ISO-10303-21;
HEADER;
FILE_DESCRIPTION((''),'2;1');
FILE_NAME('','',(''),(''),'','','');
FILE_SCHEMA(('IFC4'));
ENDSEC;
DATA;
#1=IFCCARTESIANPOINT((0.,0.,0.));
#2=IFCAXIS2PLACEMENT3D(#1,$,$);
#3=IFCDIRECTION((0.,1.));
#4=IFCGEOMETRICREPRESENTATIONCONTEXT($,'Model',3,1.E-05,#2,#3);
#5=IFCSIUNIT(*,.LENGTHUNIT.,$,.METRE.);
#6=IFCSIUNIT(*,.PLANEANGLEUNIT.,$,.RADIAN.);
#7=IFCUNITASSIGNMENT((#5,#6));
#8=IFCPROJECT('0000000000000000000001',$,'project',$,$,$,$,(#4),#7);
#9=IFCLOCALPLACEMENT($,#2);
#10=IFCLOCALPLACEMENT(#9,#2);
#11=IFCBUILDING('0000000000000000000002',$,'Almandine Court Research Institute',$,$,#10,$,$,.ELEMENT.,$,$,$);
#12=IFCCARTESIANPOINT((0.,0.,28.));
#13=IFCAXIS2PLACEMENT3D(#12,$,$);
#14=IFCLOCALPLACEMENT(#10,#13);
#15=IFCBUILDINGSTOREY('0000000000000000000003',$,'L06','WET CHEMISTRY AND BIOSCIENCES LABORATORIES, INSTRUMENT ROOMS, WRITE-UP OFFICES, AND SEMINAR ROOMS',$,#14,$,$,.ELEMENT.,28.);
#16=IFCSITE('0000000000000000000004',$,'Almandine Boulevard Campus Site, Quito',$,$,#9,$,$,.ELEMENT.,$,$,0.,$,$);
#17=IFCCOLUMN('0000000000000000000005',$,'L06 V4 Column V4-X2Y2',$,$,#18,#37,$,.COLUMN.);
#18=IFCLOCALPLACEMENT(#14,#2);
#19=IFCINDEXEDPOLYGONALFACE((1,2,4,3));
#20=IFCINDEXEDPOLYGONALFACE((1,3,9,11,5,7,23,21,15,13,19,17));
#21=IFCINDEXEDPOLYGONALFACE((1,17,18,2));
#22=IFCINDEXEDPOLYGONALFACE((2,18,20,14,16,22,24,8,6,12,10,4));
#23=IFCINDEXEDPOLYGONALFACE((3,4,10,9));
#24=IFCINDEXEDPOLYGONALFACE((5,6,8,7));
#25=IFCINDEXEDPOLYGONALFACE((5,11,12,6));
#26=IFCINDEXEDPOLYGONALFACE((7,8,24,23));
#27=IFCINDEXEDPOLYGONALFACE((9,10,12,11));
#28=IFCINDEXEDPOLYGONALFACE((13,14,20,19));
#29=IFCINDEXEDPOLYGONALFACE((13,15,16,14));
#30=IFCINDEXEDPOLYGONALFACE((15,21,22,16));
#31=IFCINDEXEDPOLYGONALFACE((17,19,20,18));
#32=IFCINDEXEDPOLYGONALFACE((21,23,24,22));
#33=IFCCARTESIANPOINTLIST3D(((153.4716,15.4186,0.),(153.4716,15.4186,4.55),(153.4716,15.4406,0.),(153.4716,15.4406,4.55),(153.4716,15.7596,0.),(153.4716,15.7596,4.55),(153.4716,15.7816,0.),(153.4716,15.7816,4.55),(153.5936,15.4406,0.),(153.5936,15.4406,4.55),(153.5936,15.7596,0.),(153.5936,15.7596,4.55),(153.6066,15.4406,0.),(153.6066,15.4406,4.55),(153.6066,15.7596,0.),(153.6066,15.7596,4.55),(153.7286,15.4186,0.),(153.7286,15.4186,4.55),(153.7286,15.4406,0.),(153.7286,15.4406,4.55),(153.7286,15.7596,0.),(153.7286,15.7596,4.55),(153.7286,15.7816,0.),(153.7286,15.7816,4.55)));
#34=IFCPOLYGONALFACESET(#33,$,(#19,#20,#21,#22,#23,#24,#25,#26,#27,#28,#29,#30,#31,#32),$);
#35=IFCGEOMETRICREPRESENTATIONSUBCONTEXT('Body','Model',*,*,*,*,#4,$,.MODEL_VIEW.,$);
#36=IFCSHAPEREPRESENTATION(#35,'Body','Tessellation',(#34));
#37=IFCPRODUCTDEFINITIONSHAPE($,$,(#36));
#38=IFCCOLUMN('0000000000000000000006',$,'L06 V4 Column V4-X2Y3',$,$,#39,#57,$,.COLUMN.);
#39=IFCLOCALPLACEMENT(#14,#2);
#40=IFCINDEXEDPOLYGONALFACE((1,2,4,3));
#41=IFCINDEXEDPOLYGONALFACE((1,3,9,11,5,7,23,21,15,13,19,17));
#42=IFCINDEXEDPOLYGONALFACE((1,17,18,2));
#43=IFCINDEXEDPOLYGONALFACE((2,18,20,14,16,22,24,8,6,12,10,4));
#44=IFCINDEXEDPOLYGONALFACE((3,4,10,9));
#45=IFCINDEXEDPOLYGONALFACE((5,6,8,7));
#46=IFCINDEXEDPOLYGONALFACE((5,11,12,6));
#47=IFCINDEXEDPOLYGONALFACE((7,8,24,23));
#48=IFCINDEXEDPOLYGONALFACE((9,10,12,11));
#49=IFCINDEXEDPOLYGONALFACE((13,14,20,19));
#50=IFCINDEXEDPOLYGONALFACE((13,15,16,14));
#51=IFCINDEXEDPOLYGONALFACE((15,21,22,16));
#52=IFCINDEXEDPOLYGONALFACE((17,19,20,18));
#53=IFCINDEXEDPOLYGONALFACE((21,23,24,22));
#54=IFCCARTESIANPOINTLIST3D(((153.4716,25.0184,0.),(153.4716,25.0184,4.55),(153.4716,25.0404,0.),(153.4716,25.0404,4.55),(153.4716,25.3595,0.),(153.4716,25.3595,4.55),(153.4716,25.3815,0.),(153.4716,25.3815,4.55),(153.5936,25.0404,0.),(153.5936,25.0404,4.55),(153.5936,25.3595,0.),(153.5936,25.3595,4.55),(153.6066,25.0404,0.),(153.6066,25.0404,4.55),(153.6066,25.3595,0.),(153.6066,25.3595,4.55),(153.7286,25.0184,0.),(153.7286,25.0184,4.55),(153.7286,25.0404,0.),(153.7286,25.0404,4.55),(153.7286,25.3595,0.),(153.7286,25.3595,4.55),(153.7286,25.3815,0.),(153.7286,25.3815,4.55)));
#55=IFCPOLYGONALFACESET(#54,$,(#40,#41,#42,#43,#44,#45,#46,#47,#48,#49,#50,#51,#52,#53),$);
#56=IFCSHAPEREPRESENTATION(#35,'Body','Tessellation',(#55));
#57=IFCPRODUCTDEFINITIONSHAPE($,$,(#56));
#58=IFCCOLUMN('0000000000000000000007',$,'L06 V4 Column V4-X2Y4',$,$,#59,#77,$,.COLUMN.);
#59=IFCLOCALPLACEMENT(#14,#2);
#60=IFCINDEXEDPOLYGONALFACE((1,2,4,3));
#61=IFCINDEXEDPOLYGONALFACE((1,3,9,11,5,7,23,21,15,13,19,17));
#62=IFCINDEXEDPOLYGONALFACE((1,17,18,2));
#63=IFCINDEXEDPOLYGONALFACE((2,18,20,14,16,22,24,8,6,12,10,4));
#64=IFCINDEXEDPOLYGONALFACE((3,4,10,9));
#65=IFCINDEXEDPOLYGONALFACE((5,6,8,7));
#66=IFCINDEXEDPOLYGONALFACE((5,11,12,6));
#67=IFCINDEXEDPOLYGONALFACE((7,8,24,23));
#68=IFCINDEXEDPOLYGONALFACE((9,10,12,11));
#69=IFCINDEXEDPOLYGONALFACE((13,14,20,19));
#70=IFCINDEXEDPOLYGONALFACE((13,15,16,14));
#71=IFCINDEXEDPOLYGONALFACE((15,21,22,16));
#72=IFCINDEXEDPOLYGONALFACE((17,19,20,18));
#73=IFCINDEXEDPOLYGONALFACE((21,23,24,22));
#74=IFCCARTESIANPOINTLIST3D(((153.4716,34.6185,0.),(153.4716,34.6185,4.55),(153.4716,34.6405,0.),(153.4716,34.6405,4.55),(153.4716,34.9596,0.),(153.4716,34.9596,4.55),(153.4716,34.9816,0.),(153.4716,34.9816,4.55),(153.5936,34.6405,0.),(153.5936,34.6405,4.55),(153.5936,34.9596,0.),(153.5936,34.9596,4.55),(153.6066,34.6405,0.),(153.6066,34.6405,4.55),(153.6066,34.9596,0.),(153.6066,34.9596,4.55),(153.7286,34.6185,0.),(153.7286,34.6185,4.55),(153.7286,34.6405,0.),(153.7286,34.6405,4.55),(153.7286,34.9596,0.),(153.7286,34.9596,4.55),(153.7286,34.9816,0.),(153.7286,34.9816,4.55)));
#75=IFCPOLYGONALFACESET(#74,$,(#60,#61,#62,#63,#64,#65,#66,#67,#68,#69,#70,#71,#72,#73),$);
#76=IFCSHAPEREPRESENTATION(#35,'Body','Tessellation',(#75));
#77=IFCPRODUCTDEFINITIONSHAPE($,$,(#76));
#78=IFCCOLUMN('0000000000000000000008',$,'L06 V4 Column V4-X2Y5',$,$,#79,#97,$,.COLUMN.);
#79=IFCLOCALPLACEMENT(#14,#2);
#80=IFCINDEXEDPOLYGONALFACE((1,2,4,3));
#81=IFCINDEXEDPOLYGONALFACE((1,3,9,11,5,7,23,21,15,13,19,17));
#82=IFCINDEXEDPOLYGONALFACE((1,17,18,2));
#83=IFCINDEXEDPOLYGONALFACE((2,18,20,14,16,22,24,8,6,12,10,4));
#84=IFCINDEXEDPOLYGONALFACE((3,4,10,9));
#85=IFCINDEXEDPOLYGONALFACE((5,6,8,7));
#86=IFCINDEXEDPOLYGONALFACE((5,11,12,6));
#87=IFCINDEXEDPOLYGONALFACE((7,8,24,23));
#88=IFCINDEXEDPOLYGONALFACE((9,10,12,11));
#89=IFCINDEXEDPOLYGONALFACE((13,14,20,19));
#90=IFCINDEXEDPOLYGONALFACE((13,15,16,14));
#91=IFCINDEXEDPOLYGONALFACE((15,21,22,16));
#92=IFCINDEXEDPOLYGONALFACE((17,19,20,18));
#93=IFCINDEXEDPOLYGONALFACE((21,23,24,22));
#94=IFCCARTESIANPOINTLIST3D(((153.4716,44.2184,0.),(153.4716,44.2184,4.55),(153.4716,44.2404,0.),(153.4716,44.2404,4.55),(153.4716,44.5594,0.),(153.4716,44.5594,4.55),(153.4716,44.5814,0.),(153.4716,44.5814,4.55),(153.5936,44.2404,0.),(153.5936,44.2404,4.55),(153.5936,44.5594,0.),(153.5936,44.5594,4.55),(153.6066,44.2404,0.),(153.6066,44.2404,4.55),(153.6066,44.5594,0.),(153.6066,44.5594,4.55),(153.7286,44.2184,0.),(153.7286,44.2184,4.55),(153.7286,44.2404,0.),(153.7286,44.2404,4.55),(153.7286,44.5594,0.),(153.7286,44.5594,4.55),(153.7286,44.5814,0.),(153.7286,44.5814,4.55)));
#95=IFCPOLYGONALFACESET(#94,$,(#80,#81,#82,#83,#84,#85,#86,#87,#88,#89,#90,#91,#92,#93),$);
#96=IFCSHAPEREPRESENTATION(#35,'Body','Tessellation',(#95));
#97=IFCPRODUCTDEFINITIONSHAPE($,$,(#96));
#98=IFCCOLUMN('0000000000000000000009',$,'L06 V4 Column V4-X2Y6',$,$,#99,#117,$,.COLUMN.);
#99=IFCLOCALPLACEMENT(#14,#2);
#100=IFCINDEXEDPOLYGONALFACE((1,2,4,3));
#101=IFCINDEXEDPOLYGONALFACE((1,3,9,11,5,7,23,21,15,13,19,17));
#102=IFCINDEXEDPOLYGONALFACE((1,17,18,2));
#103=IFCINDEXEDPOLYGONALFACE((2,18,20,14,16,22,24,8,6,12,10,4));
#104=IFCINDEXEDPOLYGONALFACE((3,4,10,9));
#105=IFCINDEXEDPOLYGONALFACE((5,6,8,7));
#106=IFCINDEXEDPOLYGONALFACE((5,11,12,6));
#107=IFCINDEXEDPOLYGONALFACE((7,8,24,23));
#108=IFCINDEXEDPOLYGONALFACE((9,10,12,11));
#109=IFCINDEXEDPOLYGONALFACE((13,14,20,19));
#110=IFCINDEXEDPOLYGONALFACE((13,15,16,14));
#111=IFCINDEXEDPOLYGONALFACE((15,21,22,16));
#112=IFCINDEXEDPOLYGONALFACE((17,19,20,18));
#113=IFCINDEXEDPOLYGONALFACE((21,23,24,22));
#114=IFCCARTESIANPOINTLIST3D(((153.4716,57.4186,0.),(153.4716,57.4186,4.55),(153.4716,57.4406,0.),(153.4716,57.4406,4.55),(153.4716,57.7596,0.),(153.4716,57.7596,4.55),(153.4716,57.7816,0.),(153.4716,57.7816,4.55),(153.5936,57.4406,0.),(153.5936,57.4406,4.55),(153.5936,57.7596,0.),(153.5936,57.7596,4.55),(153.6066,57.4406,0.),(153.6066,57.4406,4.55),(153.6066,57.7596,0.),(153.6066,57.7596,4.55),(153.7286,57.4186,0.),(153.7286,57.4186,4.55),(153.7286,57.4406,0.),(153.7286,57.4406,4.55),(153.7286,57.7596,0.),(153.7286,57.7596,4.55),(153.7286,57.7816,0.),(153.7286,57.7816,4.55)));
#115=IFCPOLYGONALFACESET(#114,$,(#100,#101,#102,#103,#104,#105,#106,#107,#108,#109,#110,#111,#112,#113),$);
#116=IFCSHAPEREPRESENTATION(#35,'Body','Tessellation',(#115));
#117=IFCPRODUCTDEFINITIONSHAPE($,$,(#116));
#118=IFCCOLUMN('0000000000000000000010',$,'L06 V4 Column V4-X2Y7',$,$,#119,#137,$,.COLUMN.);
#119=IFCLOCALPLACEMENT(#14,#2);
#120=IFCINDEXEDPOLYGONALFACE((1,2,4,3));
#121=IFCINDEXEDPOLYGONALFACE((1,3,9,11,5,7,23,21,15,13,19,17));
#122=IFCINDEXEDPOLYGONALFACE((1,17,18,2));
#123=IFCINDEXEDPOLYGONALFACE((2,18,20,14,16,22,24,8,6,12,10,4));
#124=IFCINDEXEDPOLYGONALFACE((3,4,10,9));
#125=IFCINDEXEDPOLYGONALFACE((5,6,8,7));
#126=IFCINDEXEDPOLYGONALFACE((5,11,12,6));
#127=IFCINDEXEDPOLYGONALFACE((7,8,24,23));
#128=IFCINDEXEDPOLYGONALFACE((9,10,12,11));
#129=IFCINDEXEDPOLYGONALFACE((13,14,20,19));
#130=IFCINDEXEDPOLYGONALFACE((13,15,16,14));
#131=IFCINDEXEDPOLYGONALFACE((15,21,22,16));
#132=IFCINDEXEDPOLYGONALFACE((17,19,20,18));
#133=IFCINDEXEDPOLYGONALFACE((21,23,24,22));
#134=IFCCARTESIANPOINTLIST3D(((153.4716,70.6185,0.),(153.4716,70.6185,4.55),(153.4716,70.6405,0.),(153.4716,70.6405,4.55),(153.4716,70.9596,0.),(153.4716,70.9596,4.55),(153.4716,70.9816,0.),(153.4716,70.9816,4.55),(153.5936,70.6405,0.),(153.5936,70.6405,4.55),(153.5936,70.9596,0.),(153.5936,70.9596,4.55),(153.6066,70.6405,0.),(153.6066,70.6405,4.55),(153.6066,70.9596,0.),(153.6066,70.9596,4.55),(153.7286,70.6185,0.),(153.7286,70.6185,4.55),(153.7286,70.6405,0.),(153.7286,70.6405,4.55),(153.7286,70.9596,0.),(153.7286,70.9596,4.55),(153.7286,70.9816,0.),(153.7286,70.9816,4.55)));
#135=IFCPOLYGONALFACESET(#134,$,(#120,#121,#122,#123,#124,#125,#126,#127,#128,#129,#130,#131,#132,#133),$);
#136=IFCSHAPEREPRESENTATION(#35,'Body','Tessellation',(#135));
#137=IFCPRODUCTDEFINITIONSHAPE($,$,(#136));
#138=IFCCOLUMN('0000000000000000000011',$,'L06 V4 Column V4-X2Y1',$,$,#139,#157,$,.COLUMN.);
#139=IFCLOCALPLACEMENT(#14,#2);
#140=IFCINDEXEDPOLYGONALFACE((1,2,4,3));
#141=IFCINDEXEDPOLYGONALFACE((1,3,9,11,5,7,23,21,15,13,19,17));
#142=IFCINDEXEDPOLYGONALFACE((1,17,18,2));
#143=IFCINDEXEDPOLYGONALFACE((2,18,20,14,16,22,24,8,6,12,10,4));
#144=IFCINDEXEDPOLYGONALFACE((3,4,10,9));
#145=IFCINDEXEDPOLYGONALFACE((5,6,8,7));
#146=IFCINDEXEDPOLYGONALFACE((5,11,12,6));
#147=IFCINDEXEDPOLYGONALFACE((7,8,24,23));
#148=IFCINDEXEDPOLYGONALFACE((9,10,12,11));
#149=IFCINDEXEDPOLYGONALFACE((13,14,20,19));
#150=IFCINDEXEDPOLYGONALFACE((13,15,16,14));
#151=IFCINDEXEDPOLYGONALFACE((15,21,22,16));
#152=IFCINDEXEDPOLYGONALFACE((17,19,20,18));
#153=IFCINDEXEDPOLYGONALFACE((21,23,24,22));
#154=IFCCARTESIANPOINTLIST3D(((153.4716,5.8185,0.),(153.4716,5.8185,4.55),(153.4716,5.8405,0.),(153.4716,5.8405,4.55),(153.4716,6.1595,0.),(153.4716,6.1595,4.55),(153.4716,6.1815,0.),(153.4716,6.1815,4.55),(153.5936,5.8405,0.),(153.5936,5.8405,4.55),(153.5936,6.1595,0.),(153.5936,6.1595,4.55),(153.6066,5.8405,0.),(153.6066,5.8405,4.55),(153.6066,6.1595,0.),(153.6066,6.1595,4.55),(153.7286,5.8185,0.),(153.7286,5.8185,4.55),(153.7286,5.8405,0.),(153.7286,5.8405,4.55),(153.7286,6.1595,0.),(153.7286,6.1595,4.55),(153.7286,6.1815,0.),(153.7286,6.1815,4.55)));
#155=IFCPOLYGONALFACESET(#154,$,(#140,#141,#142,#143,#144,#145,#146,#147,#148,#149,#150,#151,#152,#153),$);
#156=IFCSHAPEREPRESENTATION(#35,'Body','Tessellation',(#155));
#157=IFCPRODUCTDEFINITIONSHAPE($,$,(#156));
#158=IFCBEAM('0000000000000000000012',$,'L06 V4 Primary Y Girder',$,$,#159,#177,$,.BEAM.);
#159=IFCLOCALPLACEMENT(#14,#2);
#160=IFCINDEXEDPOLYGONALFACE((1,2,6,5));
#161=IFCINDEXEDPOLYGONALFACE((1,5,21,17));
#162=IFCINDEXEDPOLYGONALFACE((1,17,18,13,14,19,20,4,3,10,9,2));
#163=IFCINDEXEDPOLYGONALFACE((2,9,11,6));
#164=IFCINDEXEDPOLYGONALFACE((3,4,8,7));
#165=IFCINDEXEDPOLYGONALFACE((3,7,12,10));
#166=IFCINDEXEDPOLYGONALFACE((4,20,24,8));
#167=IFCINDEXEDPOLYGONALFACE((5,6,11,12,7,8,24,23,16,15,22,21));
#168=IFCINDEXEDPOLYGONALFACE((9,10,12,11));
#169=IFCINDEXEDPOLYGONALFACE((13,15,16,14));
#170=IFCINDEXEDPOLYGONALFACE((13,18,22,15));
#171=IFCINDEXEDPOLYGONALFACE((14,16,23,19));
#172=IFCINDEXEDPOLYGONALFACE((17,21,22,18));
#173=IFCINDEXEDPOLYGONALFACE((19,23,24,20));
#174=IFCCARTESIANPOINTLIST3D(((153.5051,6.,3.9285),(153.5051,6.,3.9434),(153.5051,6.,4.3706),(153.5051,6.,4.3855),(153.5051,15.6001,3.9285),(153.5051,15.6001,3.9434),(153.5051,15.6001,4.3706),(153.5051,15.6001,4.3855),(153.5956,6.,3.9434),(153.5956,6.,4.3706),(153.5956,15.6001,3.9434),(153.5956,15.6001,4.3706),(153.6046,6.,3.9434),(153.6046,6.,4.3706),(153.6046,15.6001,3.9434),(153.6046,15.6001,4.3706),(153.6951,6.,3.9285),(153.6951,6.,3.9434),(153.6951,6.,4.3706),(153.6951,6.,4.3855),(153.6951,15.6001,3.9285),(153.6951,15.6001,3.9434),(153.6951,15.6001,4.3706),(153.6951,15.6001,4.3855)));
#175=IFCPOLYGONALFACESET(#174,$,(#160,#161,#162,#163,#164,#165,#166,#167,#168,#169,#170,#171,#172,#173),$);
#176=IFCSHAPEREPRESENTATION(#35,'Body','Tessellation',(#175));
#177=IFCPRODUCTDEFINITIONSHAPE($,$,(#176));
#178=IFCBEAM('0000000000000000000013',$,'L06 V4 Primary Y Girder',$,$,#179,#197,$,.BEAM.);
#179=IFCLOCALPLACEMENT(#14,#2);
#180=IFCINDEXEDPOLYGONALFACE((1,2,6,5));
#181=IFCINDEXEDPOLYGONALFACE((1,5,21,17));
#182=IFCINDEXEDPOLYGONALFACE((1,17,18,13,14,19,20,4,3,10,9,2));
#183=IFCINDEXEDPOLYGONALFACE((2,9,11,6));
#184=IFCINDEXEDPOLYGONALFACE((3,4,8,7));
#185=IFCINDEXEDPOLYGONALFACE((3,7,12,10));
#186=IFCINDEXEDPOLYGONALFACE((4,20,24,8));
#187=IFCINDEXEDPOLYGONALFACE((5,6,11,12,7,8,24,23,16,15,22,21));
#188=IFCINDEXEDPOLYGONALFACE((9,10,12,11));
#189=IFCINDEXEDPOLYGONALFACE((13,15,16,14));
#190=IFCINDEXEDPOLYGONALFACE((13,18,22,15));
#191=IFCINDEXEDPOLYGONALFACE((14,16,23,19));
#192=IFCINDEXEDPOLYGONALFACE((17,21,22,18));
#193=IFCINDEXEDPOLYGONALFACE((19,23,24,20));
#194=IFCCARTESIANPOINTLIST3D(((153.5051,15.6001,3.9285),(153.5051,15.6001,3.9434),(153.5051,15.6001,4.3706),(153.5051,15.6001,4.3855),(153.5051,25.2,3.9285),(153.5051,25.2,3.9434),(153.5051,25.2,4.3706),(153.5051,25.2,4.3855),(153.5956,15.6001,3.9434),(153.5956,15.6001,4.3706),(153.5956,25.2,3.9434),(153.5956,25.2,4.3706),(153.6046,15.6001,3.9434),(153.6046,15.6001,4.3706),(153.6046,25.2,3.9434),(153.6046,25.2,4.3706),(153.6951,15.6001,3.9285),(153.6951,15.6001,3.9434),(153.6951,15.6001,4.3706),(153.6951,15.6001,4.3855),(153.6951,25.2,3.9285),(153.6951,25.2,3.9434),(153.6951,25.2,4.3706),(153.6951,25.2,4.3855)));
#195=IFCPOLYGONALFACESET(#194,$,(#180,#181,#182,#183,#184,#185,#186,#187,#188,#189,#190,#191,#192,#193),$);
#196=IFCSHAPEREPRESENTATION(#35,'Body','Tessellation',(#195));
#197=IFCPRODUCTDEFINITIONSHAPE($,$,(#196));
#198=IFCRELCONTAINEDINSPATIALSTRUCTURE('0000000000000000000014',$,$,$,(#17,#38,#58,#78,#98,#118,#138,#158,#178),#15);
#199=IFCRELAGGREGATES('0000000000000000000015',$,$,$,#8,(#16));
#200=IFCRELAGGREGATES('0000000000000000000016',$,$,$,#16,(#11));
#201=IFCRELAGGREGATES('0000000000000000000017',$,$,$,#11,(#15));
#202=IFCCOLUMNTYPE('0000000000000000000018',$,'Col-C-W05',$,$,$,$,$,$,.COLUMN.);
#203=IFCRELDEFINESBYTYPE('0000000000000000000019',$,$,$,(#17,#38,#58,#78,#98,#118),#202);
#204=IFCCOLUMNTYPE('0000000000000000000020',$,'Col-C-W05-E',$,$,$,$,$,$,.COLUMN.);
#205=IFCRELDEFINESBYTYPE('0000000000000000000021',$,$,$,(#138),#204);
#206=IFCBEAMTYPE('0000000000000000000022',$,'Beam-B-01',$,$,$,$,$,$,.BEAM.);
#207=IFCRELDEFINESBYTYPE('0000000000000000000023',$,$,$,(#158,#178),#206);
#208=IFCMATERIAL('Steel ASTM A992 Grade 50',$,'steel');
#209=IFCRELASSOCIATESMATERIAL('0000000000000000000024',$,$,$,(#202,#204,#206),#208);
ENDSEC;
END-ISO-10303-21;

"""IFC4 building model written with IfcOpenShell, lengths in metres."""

from ifc_helpers import new_model, si_unit, direction, frame, origin, origin_2d, place, context, subcontext, project, spatial, i_section, extrude, material, material_profile, profile_set, type_object, element, save


model = new_model("IFC4")

# Units and contexts
model_context = context("Model", 3, precision=1e-05, world=origin(), true_north=direction((0.0, 1.0)))
body_context = subcontext(model_context, "Body", "Model", "MODEL_VIEW")
ifc_project = project(units=[si_unit("LENGTHUNIT", "METRE"), si_unit("PLANEANGLEUNIT", "RADIAN")], contexts=[model_context])

# Site, building, storey
site_placement = place(None, origin())
site = spatial("IfcSite", under=ifc_project, at=site_placement, Name="Almandine Boulevard Campus Site, Quito", CompositionType="ELEMENT", RefElevation=0.0)
building_placement = place(site_placement, origin())
building = spatial("IfcBuilding", under=site, at=building_placement, Name="Almandine Court Research Institute", CompositionType="ELEMENT")
storey_placement = place(building_placement, frame((0.0, 0.0, 28.0)))
storey = spatial("IfcBuildingStorey", under=building, at=storey_placement, Name="L06", Description="WET CHEMISTRY AND BIOSCIENCES LABORATORIES, INSTRUMENT ROOMS, WRITE-UP OFFICES, AND SEMINAR ROOMS", CompositionType="ELEMENT", Elevation=28.0)

# Columns
ifc_material_1 = material(Name="Steel ASTM A992 Grade 50", Category="steel")
ifc_material_profile_1 = material_profile(ifc_material_1, i_section(OverallWidth=0.2571, OverallDepth=0.363, WebThickness=0.0129, FlangeThickness=0.022, at=origin_2d()), Name="W360x122")
ifc_profile_set_1 = profile_set([ifc_material_profile_1], Name="Steel ASTM A992 Grade 50")
column_type_1 = type_object("IfcColumnType", Name="Col-C-W05", PredefinedType="COLUMN", material=ifc_profile_set_1)
for number, where, z_axis, x_axis, name in (
    (1, (153.6001, 15.6001, 0.0), (0.0, 0.0, 1.0), (1.0, 0.0, 0.0), "L06 V4 Column V4-X2Y2"),
    (2, (153.6001, 25.2, 0.0), (0.0, 0.0, 1.0), (1.0, 0.0, 0.0), "L06 V4 Column V4-X2Y3"),
    (3, (153.6001, 34.8, 0.0), (0.0, 0.0, 1.0), (1.0, 0.0, 0.0), "L06 V4 Column V4-X2Y4"),
    (4, (153.6001, 44.3999, 0.0), (0.0, 0.0, 1.0), (1.0, 0.0, 0.0), "L06 V4 Column V4-X2Y5"),
    (5, (153.6001, 57.6001, 0.0), (0.0, 0.0, 1.0), (1.0, 0.0, 0.0), "L06 V4 Column V4-X2Y6"),
    (6, (153.6001, 70.8, 0.0), (0.0, 0.0, 1.0), (1.0, 0.0, 0.0), "L06 V4 Column V4-X2Y7"),
):
    element("IfcColumn", number, at=place(storey_placement, frame(where, z_axis=z_axis, x_axis=x_axis)), inside=storey, type_object=column_type_1, Name=name, PredefinedType="COLUMN", context=body_context, shape_type="SweptSolid", body=[
        extrude(i_section(OverallWidth=0.2571, OverallDepth=0.363, WebThickness=0.0129, FlangeThickness=0.022, at=origin_2d()), origin(), (0.0, 0.0, 1.0), 4.55),
    ])
ifc_material_profile_2 = material_profile(ifc_material_1, i_section(OverallWidth=0.2571, OverallDepth=0.363, WebThickness=0.0129, FlangeThickness=0.022, at=origin_2d()), Name="W360x122")
ifc_profile_set_2 = profile_set([ifc_material_profile_2], Name="Steel ASTM A992 Grade 50")
column_type_2 = type_object("IfcColumnType", Name="Col-C-W05-E", PredefinedType="COLUMN", material=ifc_profile_set_2)
column_placement = place(storey_placement, frame((153.6001, 6.0, 0.0), z_axis=(0.0, 0.0, 1.0), x_axis=(1.0, 0.0, 0.0)))
element("IfcColumn", 7, at=column_placement, inside=storey, type_object=column_type_2, Name="L06 V4 Column V4-X2Y1", PredefinedType="COLUMN", context=body_context, shape_type="SweptSolid", body=[
    extrude(i_section(OverallWidth=0.2571, OverallDepth=0.363, WebThickness=0.0129, FlangeThickness=0.022, at=origin_2d()), origin(), (0.0, 0.0, 1.0), 4.55),
])

# Beams
ifc_material_profile_3 = material_profile(ifc_material_1, i_section(OverallWidth=0.1899, OverallDepth=0.457, WebThickness=0.009, FlangeThickness=0.0149, at=origin_2d()), Name="W460x74")
ifc_profile_set_3 = profile_set([ifc_material_profile_3], Name="Steel ASTM A992 Grade 50")
beam_type_1 = type_object("IfcBeamType", Name="Beam-B-01", PredefinedType="BEAM", material=ifc_profile_set_3)
beam_1_placement = place(storey_placement, frame((153.6001, 6.0, 4.157), z_axis=(0.0, 1.0, 0.0), x_axis=(-1.0, 0.0, 0.0)))
element("IfcBeam", 8, at=beam_1_placement, inside=storey, type_object=beam_type_1, Name="L06 V4 Primary Y Girder", PredefinedType="BEAM", context=body_context, shape_type="SweptSolid", body=[
    extrude(i_section(OverallWidth=0.1899, OverallDepth=0.457, WebThickness=0.009, FlangeThickness=0.0149, at=origin_2d()), origin(), (0.0, 0.0, 1.0), 9.6001),
])
beam_2_placement = place(storey_placement, frame((153.6001, 15.6001, 4.157), z_axis=(0.0, 1.0, 0.0), x_axis=(-1.0, 0.0, 0.0)))
element("IfcBeam", 9, at=beam_2_placement, inside=storey, type_object=beam_type_1, Name="L06 V4 Primary Y Girder", PredefinedType="BEAM", context=body_context, shape_type="SweptSolid", body=[
    extrude(i_section(OverallWidth=0.1899, OverallDepth=0.457, WebThickness=0.009, FlangeThickness=0.0149, at=origin_2d()), origin(), (0.0, 0.0, 1.0), 9.5999),
])

save(model, "model.ifc")
